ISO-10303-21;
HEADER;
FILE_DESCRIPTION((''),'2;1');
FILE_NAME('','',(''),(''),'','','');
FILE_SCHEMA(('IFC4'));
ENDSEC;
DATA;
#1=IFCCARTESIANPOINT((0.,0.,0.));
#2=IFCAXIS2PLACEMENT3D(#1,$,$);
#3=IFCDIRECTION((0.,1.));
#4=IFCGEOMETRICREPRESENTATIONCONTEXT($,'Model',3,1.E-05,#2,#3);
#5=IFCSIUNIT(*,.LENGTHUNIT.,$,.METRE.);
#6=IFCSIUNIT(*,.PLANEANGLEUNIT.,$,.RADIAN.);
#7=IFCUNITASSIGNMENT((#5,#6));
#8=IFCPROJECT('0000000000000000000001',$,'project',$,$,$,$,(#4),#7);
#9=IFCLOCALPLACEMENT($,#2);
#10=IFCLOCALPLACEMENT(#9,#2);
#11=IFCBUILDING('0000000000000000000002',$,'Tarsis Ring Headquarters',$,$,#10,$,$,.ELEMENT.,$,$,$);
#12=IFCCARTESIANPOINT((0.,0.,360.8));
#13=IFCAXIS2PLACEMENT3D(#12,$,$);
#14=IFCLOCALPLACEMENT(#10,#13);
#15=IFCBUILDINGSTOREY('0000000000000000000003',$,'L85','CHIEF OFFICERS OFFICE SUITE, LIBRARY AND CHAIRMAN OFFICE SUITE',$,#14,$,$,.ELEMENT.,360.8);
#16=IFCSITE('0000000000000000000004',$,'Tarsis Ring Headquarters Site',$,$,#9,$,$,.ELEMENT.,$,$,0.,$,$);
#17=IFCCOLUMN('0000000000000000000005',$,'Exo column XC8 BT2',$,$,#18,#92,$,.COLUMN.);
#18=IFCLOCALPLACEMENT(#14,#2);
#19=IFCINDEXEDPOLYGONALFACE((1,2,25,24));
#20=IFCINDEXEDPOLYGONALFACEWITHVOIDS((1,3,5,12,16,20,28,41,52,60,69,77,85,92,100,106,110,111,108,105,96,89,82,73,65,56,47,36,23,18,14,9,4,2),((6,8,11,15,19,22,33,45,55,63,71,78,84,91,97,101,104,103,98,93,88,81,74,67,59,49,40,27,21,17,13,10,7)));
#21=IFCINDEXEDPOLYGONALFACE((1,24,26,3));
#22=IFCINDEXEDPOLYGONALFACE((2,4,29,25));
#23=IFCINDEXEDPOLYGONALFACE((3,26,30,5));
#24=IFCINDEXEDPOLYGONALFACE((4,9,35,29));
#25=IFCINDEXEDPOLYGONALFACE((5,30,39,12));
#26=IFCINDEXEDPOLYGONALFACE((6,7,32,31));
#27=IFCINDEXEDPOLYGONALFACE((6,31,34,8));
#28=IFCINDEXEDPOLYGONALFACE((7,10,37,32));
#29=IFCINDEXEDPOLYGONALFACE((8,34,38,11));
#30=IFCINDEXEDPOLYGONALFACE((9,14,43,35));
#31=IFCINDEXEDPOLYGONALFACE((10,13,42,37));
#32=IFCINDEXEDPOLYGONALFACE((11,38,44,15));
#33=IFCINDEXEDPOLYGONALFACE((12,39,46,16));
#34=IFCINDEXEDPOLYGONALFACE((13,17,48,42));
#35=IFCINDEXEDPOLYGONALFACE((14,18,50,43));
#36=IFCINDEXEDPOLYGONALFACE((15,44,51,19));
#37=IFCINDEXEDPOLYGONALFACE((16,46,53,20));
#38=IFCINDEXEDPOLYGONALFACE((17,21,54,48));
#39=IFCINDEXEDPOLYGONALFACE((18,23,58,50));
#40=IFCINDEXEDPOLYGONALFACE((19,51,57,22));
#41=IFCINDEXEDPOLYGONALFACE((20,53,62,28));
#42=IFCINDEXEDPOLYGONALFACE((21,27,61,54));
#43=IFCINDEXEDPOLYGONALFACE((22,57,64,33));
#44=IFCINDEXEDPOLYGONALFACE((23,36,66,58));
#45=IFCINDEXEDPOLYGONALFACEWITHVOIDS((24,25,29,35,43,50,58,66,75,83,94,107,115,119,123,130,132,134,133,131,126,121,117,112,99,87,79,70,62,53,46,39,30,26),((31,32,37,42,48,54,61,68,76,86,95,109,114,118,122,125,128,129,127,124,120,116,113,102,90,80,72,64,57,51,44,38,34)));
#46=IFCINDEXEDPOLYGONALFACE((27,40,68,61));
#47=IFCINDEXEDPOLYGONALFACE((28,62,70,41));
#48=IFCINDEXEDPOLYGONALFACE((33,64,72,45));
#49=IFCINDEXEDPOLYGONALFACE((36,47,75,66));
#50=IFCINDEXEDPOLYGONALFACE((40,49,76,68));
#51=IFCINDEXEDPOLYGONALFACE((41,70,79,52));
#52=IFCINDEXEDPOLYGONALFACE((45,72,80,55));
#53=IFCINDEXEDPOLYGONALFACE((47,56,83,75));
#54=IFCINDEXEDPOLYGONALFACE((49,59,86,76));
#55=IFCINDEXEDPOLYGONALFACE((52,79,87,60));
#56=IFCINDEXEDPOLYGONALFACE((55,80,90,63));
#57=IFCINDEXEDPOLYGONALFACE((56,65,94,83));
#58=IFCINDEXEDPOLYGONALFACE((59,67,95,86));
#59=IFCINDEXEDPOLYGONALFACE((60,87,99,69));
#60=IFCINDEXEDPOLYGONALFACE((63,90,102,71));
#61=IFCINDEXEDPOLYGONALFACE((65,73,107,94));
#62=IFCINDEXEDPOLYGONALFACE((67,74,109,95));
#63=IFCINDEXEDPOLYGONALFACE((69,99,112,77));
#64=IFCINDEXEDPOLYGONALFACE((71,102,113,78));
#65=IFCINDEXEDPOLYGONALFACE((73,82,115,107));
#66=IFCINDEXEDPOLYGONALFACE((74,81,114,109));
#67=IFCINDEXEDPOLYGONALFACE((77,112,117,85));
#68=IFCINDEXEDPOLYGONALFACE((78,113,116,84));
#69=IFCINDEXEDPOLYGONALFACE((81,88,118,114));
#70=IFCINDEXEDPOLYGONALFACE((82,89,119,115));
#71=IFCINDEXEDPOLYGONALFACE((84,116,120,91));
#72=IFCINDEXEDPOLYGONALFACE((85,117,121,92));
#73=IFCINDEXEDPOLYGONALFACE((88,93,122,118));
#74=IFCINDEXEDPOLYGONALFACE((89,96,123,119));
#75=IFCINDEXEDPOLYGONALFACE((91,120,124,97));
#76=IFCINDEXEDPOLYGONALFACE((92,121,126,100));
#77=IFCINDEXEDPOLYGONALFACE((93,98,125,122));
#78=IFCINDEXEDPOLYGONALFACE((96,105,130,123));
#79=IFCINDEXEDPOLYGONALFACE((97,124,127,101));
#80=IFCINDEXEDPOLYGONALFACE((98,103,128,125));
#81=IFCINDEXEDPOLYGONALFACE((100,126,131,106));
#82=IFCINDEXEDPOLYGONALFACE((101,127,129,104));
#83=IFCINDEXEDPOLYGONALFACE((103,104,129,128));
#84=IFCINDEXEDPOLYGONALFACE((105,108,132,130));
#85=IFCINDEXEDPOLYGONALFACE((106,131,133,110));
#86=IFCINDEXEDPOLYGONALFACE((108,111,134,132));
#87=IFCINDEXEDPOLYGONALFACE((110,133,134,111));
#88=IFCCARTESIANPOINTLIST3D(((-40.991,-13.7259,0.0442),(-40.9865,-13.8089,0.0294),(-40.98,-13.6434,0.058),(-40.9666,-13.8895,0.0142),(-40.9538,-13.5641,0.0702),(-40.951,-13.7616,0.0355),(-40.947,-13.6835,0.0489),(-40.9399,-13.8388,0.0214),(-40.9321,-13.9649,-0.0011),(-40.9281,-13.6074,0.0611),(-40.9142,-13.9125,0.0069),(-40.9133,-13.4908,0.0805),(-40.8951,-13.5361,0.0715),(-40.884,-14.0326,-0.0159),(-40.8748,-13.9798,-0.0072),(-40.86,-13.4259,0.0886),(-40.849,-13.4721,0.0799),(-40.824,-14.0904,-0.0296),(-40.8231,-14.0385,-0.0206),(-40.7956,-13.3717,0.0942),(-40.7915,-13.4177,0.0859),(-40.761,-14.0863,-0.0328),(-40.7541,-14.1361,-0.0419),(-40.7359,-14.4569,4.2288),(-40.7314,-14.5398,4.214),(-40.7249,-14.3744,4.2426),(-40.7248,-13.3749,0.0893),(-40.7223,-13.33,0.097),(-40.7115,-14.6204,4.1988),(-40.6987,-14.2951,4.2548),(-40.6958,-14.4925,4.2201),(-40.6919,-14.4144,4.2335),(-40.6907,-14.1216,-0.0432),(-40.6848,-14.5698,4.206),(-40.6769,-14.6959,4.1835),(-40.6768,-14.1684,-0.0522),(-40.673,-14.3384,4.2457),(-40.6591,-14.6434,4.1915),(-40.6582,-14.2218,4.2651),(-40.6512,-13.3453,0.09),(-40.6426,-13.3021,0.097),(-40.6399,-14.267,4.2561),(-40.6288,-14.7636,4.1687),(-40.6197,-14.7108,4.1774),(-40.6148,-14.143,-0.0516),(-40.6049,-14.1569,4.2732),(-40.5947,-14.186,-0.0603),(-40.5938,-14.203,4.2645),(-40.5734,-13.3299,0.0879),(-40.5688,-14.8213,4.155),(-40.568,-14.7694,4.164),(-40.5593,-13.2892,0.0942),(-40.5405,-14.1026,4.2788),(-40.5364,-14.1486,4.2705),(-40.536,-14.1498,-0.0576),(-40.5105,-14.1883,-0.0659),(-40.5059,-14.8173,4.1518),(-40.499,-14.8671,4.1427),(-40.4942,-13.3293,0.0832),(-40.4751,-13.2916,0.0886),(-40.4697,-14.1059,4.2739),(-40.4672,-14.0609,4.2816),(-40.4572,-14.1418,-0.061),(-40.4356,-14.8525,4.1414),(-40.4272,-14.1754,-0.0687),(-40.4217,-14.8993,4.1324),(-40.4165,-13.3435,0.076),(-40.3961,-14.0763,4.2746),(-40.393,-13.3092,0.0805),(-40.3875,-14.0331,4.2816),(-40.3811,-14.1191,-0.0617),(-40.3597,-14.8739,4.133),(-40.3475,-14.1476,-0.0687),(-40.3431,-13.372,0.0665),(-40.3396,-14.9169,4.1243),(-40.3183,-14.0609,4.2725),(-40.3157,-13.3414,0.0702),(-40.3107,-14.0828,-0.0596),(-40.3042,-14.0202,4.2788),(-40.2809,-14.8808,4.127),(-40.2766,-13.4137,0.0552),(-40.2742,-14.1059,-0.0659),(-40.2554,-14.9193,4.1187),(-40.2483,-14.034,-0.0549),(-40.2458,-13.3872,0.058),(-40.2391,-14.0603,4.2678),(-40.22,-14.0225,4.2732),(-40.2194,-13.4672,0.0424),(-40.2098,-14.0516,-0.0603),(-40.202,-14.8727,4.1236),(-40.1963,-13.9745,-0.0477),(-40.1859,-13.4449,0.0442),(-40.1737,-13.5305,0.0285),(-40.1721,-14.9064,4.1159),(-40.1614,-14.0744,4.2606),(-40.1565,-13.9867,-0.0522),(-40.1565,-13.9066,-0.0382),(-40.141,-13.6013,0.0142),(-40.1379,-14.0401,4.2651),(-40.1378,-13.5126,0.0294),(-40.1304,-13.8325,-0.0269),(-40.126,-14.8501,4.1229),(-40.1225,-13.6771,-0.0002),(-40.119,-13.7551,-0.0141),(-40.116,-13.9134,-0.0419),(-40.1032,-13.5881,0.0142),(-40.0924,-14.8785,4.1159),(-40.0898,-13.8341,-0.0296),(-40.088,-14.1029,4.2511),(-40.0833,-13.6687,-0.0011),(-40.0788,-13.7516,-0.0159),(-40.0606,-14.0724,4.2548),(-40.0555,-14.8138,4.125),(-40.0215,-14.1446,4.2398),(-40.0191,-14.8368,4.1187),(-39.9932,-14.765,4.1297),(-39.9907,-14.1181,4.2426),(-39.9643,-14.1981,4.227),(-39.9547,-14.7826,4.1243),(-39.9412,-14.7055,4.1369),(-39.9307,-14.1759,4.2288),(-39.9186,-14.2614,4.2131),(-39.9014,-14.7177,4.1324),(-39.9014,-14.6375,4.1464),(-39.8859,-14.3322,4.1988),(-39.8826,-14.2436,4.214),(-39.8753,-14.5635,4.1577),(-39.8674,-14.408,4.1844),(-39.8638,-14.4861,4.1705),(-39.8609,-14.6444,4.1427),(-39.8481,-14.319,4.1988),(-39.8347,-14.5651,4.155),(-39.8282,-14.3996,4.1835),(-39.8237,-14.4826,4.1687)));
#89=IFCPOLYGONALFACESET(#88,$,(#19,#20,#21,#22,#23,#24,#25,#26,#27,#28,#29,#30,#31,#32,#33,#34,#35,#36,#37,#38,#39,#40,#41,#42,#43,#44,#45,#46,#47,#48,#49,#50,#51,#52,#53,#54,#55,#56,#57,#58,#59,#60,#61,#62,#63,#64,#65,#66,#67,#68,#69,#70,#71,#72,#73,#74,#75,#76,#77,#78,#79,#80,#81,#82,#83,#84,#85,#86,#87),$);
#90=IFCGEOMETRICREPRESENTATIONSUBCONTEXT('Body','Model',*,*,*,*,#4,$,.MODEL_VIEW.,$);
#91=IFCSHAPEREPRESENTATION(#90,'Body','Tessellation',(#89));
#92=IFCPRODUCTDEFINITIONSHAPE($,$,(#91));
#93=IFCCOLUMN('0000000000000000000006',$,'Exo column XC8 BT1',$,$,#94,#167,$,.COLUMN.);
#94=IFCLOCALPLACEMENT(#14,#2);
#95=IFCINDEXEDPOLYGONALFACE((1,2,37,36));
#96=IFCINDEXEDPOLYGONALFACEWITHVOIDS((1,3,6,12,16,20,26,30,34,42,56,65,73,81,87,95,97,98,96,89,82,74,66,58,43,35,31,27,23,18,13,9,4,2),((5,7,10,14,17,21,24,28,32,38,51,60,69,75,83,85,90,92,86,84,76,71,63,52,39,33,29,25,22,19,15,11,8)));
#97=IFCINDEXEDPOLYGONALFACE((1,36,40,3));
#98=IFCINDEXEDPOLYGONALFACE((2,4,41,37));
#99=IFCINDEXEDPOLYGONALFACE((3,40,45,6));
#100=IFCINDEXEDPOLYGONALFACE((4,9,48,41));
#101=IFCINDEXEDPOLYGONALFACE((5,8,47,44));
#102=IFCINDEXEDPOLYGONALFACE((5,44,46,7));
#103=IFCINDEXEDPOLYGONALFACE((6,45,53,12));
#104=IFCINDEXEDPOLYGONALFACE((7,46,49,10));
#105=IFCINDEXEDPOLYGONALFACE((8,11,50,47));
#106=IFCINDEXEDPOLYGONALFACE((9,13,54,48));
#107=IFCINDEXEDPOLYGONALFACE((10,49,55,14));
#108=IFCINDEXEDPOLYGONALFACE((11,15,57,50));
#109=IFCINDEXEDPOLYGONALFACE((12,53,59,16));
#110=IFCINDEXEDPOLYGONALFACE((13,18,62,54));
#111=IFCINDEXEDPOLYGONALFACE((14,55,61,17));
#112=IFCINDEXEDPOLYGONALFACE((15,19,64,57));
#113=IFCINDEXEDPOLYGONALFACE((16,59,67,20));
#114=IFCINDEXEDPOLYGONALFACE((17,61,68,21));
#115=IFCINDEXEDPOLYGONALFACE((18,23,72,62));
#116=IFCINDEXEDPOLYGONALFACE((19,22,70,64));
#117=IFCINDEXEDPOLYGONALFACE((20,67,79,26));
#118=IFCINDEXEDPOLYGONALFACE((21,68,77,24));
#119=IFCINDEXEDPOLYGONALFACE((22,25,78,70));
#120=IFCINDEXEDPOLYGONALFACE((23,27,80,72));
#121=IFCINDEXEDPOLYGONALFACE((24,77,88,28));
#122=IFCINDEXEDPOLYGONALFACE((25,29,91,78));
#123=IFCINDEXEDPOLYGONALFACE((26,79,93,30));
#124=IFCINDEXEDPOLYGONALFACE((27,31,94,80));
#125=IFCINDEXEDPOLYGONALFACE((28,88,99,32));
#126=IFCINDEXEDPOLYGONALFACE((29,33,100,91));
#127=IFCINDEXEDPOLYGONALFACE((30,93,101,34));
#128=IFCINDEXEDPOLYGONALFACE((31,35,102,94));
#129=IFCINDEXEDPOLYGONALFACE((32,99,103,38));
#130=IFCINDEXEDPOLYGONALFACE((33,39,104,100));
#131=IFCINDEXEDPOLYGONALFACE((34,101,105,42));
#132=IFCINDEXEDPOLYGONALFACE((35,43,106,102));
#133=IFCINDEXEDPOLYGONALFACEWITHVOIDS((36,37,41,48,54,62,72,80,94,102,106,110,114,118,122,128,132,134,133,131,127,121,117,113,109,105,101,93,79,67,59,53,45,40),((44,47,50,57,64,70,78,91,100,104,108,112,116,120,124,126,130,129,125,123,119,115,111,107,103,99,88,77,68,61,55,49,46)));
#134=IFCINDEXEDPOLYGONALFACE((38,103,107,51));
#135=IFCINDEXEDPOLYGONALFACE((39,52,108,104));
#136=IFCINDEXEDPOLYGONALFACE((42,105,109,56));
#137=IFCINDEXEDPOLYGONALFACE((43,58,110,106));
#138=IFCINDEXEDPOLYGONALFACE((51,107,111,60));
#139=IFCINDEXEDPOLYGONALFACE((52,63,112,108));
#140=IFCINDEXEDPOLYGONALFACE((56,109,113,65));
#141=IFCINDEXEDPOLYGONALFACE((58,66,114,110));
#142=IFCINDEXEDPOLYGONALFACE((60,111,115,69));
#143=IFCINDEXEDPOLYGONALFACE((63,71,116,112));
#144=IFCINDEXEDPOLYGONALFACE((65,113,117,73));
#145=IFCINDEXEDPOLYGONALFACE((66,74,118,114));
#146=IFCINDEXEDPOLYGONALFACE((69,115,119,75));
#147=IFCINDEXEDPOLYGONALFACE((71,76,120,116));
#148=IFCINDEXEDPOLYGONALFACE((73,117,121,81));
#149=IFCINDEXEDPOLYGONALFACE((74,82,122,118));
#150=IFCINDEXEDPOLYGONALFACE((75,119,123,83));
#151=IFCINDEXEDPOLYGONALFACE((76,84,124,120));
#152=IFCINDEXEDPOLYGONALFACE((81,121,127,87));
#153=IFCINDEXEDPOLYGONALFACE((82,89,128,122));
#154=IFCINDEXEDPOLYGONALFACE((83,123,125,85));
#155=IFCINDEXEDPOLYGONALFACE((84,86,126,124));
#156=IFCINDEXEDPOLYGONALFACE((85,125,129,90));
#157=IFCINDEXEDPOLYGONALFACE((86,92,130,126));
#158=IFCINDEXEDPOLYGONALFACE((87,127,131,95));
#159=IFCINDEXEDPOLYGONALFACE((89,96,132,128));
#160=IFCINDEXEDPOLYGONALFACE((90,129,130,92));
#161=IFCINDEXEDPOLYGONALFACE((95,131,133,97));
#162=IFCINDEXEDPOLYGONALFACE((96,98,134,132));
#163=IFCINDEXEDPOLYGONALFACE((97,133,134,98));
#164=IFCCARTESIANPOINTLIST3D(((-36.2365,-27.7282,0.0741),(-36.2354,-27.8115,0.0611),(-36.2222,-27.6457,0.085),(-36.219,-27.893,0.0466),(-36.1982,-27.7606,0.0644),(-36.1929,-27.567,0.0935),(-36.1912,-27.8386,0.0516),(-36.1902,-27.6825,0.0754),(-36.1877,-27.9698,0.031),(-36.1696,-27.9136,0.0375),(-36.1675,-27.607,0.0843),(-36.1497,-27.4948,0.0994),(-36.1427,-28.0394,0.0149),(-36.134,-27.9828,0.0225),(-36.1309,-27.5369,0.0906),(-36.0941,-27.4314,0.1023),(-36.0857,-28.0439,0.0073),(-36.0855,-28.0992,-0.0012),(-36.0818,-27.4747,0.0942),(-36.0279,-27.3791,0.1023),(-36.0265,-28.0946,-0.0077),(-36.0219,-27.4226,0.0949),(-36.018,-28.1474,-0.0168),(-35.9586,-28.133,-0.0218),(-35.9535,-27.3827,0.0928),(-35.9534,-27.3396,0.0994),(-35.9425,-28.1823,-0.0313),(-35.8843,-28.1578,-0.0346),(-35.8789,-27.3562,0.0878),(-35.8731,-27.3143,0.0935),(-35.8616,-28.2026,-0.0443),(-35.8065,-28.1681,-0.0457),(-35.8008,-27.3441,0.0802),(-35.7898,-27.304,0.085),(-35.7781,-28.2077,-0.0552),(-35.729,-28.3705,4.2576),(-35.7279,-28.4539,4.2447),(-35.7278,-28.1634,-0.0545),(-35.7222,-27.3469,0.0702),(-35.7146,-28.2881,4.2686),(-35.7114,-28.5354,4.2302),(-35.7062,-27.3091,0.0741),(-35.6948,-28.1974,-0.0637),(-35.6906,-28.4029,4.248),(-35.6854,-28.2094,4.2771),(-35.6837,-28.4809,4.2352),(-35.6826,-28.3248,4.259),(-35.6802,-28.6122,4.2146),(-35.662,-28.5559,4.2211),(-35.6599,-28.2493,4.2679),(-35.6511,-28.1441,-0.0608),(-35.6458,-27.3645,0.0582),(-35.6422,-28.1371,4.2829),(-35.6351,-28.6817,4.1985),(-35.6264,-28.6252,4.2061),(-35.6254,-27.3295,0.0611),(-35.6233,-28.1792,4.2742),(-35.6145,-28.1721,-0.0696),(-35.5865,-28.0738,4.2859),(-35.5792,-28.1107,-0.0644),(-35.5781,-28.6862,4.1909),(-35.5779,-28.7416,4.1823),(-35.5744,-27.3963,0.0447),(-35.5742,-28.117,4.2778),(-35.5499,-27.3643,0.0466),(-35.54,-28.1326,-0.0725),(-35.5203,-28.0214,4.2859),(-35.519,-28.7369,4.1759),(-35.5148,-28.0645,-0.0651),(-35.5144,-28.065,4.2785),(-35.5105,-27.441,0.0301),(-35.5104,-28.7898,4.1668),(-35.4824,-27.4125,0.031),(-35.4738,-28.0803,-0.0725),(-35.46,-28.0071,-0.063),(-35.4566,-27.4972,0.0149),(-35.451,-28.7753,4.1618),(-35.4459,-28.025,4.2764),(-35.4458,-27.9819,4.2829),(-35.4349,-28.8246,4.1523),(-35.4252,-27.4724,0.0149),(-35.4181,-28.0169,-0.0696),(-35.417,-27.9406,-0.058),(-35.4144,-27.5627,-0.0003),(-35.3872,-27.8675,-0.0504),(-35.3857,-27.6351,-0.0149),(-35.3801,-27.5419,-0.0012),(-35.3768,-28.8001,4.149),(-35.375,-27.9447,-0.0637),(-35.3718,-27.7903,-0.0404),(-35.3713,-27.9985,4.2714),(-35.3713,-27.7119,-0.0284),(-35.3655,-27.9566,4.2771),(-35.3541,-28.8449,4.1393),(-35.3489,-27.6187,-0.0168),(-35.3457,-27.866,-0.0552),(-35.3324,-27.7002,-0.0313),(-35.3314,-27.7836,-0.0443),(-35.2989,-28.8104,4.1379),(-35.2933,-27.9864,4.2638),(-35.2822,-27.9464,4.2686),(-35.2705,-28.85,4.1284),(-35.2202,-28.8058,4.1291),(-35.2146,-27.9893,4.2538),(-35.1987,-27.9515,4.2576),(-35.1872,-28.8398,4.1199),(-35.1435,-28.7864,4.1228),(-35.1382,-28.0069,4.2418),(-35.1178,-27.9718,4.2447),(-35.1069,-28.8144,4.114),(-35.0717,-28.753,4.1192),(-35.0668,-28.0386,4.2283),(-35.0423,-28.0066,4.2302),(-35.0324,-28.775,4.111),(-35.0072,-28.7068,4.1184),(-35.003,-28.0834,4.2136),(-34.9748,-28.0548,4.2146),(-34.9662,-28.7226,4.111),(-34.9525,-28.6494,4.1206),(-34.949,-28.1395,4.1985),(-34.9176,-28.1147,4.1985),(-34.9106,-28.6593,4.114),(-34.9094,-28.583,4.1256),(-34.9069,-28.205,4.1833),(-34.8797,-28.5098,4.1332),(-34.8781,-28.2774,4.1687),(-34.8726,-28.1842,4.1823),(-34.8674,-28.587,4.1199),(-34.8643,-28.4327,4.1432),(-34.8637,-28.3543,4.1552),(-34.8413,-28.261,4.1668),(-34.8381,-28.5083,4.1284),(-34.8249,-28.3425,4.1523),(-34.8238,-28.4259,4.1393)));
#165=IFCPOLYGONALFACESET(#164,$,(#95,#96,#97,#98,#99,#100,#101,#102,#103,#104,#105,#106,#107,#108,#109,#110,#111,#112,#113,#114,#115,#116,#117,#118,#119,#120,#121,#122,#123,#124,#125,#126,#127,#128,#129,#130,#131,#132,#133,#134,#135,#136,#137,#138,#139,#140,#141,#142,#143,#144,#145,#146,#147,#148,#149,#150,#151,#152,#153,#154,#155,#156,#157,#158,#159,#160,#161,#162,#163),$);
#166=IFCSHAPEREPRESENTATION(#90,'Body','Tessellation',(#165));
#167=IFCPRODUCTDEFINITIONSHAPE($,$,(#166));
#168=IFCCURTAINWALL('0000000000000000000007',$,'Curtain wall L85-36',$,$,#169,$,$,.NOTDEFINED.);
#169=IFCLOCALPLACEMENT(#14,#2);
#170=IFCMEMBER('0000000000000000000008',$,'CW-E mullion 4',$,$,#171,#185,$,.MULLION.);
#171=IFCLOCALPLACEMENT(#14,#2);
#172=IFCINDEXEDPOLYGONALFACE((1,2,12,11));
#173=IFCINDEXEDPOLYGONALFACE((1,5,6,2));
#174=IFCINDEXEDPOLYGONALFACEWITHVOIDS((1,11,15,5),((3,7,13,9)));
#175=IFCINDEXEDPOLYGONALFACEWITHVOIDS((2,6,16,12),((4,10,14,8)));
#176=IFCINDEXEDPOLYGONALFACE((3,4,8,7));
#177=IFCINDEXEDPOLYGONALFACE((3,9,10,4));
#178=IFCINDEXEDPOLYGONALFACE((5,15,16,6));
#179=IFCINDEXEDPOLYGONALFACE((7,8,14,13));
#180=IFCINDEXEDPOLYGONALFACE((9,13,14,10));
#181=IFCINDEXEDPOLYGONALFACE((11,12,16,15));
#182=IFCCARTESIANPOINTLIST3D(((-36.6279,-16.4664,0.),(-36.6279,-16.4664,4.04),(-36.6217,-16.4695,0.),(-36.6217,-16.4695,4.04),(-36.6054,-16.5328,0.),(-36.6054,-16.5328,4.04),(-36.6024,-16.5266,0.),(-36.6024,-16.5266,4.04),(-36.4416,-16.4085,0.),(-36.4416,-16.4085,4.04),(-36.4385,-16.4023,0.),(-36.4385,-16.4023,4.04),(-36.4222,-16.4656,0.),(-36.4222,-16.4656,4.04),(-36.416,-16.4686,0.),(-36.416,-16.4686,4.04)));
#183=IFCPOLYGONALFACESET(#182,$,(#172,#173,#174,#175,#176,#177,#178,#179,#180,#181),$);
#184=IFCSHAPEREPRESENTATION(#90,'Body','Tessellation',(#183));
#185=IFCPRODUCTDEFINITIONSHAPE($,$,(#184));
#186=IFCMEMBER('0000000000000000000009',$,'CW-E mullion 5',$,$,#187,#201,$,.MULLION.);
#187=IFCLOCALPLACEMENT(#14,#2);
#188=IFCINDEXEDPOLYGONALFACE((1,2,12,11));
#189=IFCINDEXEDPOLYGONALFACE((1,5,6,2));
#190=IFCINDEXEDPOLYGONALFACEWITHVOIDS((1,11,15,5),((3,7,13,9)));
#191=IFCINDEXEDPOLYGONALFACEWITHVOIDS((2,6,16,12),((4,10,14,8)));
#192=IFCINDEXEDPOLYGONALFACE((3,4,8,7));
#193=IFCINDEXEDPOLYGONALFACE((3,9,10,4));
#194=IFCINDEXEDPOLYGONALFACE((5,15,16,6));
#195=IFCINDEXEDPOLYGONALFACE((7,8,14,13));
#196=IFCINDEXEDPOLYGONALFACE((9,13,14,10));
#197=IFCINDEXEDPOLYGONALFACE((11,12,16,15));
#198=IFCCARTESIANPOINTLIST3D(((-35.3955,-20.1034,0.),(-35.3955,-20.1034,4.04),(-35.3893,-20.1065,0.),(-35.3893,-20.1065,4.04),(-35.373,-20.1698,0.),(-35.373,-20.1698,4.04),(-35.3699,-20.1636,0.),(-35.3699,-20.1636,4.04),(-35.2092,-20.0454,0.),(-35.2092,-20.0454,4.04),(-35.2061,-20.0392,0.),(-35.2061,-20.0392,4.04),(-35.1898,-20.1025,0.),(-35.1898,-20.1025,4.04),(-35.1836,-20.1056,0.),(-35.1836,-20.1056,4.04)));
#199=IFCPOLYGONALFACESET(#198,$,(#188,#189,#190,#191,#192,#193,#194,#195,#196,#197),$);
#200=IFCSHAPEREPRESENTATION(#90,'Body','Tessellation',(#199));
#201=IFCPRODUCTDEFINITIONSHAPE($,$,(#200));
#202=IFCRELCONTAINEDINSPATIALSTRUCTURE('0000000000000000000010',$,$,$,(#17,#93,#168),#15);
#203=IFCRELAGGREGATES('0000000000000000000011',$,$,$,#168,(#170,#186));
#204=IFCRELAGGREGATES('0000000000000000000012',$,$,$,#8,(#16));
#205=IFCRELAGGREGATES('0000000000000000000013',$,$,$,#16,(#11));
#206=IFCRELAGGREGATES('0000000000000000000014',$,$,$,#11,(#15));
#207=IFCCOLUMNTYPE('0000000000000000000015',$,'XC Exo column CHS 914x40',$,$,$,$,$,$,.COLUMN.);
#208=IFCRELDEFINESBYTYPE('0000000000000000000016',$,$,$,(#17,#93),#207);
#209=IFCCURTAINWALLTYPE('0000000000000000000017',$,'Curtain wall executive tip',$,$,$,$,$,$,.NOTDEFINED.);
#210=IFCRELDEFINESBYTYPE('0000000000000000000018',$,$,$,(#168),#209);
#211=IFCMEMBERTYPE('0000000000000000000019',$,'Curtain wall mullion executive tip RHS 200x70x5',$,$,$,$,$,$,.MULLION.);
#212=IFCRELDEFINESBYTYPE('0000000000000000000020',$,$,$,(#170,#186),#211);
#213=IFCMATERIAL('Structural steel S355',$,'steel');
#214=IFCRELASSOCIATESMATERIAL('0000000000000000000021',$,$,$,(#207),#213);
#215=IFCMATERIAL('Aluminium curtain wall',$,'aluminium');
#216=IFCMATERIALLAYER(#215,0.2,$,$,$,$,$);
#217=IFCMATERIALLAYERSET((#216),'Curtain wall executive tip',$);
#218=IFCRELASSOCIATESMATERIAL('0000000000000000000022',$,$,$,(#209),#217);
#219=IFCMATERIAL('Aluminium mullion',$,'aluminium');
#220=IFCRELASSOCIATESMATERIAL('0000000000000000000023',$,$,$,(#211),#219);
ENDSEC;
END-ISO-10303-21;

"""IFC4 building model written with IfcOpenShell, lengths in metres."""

from ifc_helpers import new_model, si_unit, direction, frame, origin, origin_2d, place, context, subcontext, project, spatial, hollow_rectangle, hollow_circle, extrude, material, layer, layer_set, material_profile, profile_set, type_object, element, aggregate, save


model = new_model("IFC4")

# Units and contexts
model_context = context("Model", 3, precision=1e-05, world=origin(), true_north=direction((0.0, 1.0)))
body_context = subcontext(model_context, "Body", "Model", "MODEL_VIEW")
ifc_project = project(units=[si_unit("LENGTHUNIT", "METRE"), si_unit("PLANEANGLEUNIT", "RADIAN")], contexts=[model_context])

# Site, building, storey
site_placement = place(None, origin())
site = spatial("IfcSite", under=ifc_project, at=site_placement, Name="Tarsis Ring Headquarters Site", CompositionType="ELEMENT", RefElevation=0.0)
building_placement = place(site_placement, origin())
building = spatial("IfcBuilding", under=site, at=building_placement, Name="Tarsis Ring Headquarters", CompositionType="ELEMENT")
storey_placement = place(building_placement, frame((0.0, 0.0, 360.8)))
storey = spatial("IfcBuildingStorey", under=building, at=storey_placement, Name="L85", Description="CHIEF OFFICERS OFFICE SUITE, LIBRARY AND CHAIRMAN OFFICE SUITE", CompositionType="ELEMENT", Elevation=360.8)

# Columns
ifc_material_1 = material(Name="Structural steel S355", Category="steel")
ifc_material_profile_1 = material_profile(ifc_material_1, hollow_circle(Radius=0.457, WallThickness=0.04, at=origin_2d()), Name="CHS 914x40")
ifc_profile_set_1 = profile_set([ifc_material_profile_1], Name="Structural steel S355")
column_type = type_object("IfcColumnType", Name="XC Exo column CHS 914x40", PredefinedType="COLUMN", material=ifc_profile_set_1)
column_1_placement = place(storey_placement, frame((-40.5349, -13.7388, 0.0142), z_axis=(0.059951, -0.171764, 0.983312), x_axis=(0.944143, 0.329536, 0.0)))
element("IfcColumn", 1, at=column_1_placement, inside=storey, type_object=column_type, Name="Exo column XC8 BT2", PredefinedType="COLUMN", context=body_context, shape_type="SweptSolid", body=[
    extrude(hollow_circle(Radius=0.4573, WallThickness=0.04, at=origin_2d()), origin(), (0.0, 0.0, 1.0), 4.2556),
])
column_2_placement = place(storey_placement, frame((-35.7839, -27.7559, 0.0149), z_axis=(0.119065, -0.150679, 0.981386), x_axis=(0.784608, 0.619992, 0.0)))
element("IfcColumn", 2, at=column_2_placement, inside=storey, type_object=column_type, Name="Exo column XC8 BT1", PredefinedType="COLUMN", context=body_context, shape_type="SweptSolid", body=[
    extrude(hollow_circle(Radius=0.4573, WallThickness=0.04, at=origin_2d()), origin(), (0.0, 0.0, 1.0), 4.2629),
])

# Curtain wall, members
ifc_material_2 = material(Name="Aluminium curtain wall", Category="aluminium")
ifc_layer_1 = layer(ifc_material_2, 0.2)
ifc_layer_set_1 = layer_set([ifc_layer_1], Name="Curtain wall executive tip")
curtain_wall_type = type_object("IfcCurtainWallType", Name="Curtain wall executive tip", PredefinedType="NOTDEFINED", material=ifc_layer_set_1)
curtain_wall_placement = place(storey_placement, origin())
curtain_wall = element("IfcCurtainWall", 3, at=curtain_wall_placement, inside=storey, type_object=curtain_wall_type, Name="Curtain wall L85-36", PredefinedType="NOTDEFINED")
ifc_material_3 = material(Name="Aluminium mullion", Category="aluminium")
ifc_material_profile_2 = material_profile(ifc_material_3, hollow_rectangle(XDim=0.2, YDim=0.0701, WallThickness=0.0049, at=origin_2d()), Name="RHS 200x70x5")
ifc_profile_set_2 = profile_set([ifc_material_profile_2], Name="Aluminium mullion")
member_type_1 = type_object("IfcMemberType", Name="Curtain wall mullion executive tip RHS 200x70x5", PredefinedType="MULLION", material=ifc_profile_set_2)
member_1_placement = place(storey_placement, frame((-36.522, -16.4675, 0.0), z_axis=(0.0, 0.0, 1.0), x_axis=(0.947098, 0.320944, 0.0)))
member_1 = element("IfcMember", 4, at=member_1_placement, type_object=member_type_1, Name="CW-E mullion 4", PredefinedType="MULLION", context=body_context, shape_type="SweptSolid", body=[
    extrude(hollow_rectangle(XDim=0.2, YDim=0.0701, WallThickness=0.0049, at=origin_2d()), origin(), (0.0, 0.0, 1.0), 4.04),
])
member_2_placement = place(storey_placement, frame((-35.2896, -20.1045, 0.0), z_axis=(0.0, 0.0, 1.0), x_axis=(0.947098, 0.320944, 0.0)))
member_2 = element("IfcMember", 5, at=member_2_placement, type_object=member_type_1, Name="CW-E mullion 5", PredefinedType="MULLION", context=body_context, shape_type="SweptSolid", body=[
    extrude(hollow_rectangle(XDim=0.2, YDim=0.0701, WallThickness=0.0049, at=origin_2d()), origin(), (0.0, 0.0, 1.0), 4.04),
])

aggregate(curtain_wall, [member_1, member_2])

save(model, "model.ifc")
